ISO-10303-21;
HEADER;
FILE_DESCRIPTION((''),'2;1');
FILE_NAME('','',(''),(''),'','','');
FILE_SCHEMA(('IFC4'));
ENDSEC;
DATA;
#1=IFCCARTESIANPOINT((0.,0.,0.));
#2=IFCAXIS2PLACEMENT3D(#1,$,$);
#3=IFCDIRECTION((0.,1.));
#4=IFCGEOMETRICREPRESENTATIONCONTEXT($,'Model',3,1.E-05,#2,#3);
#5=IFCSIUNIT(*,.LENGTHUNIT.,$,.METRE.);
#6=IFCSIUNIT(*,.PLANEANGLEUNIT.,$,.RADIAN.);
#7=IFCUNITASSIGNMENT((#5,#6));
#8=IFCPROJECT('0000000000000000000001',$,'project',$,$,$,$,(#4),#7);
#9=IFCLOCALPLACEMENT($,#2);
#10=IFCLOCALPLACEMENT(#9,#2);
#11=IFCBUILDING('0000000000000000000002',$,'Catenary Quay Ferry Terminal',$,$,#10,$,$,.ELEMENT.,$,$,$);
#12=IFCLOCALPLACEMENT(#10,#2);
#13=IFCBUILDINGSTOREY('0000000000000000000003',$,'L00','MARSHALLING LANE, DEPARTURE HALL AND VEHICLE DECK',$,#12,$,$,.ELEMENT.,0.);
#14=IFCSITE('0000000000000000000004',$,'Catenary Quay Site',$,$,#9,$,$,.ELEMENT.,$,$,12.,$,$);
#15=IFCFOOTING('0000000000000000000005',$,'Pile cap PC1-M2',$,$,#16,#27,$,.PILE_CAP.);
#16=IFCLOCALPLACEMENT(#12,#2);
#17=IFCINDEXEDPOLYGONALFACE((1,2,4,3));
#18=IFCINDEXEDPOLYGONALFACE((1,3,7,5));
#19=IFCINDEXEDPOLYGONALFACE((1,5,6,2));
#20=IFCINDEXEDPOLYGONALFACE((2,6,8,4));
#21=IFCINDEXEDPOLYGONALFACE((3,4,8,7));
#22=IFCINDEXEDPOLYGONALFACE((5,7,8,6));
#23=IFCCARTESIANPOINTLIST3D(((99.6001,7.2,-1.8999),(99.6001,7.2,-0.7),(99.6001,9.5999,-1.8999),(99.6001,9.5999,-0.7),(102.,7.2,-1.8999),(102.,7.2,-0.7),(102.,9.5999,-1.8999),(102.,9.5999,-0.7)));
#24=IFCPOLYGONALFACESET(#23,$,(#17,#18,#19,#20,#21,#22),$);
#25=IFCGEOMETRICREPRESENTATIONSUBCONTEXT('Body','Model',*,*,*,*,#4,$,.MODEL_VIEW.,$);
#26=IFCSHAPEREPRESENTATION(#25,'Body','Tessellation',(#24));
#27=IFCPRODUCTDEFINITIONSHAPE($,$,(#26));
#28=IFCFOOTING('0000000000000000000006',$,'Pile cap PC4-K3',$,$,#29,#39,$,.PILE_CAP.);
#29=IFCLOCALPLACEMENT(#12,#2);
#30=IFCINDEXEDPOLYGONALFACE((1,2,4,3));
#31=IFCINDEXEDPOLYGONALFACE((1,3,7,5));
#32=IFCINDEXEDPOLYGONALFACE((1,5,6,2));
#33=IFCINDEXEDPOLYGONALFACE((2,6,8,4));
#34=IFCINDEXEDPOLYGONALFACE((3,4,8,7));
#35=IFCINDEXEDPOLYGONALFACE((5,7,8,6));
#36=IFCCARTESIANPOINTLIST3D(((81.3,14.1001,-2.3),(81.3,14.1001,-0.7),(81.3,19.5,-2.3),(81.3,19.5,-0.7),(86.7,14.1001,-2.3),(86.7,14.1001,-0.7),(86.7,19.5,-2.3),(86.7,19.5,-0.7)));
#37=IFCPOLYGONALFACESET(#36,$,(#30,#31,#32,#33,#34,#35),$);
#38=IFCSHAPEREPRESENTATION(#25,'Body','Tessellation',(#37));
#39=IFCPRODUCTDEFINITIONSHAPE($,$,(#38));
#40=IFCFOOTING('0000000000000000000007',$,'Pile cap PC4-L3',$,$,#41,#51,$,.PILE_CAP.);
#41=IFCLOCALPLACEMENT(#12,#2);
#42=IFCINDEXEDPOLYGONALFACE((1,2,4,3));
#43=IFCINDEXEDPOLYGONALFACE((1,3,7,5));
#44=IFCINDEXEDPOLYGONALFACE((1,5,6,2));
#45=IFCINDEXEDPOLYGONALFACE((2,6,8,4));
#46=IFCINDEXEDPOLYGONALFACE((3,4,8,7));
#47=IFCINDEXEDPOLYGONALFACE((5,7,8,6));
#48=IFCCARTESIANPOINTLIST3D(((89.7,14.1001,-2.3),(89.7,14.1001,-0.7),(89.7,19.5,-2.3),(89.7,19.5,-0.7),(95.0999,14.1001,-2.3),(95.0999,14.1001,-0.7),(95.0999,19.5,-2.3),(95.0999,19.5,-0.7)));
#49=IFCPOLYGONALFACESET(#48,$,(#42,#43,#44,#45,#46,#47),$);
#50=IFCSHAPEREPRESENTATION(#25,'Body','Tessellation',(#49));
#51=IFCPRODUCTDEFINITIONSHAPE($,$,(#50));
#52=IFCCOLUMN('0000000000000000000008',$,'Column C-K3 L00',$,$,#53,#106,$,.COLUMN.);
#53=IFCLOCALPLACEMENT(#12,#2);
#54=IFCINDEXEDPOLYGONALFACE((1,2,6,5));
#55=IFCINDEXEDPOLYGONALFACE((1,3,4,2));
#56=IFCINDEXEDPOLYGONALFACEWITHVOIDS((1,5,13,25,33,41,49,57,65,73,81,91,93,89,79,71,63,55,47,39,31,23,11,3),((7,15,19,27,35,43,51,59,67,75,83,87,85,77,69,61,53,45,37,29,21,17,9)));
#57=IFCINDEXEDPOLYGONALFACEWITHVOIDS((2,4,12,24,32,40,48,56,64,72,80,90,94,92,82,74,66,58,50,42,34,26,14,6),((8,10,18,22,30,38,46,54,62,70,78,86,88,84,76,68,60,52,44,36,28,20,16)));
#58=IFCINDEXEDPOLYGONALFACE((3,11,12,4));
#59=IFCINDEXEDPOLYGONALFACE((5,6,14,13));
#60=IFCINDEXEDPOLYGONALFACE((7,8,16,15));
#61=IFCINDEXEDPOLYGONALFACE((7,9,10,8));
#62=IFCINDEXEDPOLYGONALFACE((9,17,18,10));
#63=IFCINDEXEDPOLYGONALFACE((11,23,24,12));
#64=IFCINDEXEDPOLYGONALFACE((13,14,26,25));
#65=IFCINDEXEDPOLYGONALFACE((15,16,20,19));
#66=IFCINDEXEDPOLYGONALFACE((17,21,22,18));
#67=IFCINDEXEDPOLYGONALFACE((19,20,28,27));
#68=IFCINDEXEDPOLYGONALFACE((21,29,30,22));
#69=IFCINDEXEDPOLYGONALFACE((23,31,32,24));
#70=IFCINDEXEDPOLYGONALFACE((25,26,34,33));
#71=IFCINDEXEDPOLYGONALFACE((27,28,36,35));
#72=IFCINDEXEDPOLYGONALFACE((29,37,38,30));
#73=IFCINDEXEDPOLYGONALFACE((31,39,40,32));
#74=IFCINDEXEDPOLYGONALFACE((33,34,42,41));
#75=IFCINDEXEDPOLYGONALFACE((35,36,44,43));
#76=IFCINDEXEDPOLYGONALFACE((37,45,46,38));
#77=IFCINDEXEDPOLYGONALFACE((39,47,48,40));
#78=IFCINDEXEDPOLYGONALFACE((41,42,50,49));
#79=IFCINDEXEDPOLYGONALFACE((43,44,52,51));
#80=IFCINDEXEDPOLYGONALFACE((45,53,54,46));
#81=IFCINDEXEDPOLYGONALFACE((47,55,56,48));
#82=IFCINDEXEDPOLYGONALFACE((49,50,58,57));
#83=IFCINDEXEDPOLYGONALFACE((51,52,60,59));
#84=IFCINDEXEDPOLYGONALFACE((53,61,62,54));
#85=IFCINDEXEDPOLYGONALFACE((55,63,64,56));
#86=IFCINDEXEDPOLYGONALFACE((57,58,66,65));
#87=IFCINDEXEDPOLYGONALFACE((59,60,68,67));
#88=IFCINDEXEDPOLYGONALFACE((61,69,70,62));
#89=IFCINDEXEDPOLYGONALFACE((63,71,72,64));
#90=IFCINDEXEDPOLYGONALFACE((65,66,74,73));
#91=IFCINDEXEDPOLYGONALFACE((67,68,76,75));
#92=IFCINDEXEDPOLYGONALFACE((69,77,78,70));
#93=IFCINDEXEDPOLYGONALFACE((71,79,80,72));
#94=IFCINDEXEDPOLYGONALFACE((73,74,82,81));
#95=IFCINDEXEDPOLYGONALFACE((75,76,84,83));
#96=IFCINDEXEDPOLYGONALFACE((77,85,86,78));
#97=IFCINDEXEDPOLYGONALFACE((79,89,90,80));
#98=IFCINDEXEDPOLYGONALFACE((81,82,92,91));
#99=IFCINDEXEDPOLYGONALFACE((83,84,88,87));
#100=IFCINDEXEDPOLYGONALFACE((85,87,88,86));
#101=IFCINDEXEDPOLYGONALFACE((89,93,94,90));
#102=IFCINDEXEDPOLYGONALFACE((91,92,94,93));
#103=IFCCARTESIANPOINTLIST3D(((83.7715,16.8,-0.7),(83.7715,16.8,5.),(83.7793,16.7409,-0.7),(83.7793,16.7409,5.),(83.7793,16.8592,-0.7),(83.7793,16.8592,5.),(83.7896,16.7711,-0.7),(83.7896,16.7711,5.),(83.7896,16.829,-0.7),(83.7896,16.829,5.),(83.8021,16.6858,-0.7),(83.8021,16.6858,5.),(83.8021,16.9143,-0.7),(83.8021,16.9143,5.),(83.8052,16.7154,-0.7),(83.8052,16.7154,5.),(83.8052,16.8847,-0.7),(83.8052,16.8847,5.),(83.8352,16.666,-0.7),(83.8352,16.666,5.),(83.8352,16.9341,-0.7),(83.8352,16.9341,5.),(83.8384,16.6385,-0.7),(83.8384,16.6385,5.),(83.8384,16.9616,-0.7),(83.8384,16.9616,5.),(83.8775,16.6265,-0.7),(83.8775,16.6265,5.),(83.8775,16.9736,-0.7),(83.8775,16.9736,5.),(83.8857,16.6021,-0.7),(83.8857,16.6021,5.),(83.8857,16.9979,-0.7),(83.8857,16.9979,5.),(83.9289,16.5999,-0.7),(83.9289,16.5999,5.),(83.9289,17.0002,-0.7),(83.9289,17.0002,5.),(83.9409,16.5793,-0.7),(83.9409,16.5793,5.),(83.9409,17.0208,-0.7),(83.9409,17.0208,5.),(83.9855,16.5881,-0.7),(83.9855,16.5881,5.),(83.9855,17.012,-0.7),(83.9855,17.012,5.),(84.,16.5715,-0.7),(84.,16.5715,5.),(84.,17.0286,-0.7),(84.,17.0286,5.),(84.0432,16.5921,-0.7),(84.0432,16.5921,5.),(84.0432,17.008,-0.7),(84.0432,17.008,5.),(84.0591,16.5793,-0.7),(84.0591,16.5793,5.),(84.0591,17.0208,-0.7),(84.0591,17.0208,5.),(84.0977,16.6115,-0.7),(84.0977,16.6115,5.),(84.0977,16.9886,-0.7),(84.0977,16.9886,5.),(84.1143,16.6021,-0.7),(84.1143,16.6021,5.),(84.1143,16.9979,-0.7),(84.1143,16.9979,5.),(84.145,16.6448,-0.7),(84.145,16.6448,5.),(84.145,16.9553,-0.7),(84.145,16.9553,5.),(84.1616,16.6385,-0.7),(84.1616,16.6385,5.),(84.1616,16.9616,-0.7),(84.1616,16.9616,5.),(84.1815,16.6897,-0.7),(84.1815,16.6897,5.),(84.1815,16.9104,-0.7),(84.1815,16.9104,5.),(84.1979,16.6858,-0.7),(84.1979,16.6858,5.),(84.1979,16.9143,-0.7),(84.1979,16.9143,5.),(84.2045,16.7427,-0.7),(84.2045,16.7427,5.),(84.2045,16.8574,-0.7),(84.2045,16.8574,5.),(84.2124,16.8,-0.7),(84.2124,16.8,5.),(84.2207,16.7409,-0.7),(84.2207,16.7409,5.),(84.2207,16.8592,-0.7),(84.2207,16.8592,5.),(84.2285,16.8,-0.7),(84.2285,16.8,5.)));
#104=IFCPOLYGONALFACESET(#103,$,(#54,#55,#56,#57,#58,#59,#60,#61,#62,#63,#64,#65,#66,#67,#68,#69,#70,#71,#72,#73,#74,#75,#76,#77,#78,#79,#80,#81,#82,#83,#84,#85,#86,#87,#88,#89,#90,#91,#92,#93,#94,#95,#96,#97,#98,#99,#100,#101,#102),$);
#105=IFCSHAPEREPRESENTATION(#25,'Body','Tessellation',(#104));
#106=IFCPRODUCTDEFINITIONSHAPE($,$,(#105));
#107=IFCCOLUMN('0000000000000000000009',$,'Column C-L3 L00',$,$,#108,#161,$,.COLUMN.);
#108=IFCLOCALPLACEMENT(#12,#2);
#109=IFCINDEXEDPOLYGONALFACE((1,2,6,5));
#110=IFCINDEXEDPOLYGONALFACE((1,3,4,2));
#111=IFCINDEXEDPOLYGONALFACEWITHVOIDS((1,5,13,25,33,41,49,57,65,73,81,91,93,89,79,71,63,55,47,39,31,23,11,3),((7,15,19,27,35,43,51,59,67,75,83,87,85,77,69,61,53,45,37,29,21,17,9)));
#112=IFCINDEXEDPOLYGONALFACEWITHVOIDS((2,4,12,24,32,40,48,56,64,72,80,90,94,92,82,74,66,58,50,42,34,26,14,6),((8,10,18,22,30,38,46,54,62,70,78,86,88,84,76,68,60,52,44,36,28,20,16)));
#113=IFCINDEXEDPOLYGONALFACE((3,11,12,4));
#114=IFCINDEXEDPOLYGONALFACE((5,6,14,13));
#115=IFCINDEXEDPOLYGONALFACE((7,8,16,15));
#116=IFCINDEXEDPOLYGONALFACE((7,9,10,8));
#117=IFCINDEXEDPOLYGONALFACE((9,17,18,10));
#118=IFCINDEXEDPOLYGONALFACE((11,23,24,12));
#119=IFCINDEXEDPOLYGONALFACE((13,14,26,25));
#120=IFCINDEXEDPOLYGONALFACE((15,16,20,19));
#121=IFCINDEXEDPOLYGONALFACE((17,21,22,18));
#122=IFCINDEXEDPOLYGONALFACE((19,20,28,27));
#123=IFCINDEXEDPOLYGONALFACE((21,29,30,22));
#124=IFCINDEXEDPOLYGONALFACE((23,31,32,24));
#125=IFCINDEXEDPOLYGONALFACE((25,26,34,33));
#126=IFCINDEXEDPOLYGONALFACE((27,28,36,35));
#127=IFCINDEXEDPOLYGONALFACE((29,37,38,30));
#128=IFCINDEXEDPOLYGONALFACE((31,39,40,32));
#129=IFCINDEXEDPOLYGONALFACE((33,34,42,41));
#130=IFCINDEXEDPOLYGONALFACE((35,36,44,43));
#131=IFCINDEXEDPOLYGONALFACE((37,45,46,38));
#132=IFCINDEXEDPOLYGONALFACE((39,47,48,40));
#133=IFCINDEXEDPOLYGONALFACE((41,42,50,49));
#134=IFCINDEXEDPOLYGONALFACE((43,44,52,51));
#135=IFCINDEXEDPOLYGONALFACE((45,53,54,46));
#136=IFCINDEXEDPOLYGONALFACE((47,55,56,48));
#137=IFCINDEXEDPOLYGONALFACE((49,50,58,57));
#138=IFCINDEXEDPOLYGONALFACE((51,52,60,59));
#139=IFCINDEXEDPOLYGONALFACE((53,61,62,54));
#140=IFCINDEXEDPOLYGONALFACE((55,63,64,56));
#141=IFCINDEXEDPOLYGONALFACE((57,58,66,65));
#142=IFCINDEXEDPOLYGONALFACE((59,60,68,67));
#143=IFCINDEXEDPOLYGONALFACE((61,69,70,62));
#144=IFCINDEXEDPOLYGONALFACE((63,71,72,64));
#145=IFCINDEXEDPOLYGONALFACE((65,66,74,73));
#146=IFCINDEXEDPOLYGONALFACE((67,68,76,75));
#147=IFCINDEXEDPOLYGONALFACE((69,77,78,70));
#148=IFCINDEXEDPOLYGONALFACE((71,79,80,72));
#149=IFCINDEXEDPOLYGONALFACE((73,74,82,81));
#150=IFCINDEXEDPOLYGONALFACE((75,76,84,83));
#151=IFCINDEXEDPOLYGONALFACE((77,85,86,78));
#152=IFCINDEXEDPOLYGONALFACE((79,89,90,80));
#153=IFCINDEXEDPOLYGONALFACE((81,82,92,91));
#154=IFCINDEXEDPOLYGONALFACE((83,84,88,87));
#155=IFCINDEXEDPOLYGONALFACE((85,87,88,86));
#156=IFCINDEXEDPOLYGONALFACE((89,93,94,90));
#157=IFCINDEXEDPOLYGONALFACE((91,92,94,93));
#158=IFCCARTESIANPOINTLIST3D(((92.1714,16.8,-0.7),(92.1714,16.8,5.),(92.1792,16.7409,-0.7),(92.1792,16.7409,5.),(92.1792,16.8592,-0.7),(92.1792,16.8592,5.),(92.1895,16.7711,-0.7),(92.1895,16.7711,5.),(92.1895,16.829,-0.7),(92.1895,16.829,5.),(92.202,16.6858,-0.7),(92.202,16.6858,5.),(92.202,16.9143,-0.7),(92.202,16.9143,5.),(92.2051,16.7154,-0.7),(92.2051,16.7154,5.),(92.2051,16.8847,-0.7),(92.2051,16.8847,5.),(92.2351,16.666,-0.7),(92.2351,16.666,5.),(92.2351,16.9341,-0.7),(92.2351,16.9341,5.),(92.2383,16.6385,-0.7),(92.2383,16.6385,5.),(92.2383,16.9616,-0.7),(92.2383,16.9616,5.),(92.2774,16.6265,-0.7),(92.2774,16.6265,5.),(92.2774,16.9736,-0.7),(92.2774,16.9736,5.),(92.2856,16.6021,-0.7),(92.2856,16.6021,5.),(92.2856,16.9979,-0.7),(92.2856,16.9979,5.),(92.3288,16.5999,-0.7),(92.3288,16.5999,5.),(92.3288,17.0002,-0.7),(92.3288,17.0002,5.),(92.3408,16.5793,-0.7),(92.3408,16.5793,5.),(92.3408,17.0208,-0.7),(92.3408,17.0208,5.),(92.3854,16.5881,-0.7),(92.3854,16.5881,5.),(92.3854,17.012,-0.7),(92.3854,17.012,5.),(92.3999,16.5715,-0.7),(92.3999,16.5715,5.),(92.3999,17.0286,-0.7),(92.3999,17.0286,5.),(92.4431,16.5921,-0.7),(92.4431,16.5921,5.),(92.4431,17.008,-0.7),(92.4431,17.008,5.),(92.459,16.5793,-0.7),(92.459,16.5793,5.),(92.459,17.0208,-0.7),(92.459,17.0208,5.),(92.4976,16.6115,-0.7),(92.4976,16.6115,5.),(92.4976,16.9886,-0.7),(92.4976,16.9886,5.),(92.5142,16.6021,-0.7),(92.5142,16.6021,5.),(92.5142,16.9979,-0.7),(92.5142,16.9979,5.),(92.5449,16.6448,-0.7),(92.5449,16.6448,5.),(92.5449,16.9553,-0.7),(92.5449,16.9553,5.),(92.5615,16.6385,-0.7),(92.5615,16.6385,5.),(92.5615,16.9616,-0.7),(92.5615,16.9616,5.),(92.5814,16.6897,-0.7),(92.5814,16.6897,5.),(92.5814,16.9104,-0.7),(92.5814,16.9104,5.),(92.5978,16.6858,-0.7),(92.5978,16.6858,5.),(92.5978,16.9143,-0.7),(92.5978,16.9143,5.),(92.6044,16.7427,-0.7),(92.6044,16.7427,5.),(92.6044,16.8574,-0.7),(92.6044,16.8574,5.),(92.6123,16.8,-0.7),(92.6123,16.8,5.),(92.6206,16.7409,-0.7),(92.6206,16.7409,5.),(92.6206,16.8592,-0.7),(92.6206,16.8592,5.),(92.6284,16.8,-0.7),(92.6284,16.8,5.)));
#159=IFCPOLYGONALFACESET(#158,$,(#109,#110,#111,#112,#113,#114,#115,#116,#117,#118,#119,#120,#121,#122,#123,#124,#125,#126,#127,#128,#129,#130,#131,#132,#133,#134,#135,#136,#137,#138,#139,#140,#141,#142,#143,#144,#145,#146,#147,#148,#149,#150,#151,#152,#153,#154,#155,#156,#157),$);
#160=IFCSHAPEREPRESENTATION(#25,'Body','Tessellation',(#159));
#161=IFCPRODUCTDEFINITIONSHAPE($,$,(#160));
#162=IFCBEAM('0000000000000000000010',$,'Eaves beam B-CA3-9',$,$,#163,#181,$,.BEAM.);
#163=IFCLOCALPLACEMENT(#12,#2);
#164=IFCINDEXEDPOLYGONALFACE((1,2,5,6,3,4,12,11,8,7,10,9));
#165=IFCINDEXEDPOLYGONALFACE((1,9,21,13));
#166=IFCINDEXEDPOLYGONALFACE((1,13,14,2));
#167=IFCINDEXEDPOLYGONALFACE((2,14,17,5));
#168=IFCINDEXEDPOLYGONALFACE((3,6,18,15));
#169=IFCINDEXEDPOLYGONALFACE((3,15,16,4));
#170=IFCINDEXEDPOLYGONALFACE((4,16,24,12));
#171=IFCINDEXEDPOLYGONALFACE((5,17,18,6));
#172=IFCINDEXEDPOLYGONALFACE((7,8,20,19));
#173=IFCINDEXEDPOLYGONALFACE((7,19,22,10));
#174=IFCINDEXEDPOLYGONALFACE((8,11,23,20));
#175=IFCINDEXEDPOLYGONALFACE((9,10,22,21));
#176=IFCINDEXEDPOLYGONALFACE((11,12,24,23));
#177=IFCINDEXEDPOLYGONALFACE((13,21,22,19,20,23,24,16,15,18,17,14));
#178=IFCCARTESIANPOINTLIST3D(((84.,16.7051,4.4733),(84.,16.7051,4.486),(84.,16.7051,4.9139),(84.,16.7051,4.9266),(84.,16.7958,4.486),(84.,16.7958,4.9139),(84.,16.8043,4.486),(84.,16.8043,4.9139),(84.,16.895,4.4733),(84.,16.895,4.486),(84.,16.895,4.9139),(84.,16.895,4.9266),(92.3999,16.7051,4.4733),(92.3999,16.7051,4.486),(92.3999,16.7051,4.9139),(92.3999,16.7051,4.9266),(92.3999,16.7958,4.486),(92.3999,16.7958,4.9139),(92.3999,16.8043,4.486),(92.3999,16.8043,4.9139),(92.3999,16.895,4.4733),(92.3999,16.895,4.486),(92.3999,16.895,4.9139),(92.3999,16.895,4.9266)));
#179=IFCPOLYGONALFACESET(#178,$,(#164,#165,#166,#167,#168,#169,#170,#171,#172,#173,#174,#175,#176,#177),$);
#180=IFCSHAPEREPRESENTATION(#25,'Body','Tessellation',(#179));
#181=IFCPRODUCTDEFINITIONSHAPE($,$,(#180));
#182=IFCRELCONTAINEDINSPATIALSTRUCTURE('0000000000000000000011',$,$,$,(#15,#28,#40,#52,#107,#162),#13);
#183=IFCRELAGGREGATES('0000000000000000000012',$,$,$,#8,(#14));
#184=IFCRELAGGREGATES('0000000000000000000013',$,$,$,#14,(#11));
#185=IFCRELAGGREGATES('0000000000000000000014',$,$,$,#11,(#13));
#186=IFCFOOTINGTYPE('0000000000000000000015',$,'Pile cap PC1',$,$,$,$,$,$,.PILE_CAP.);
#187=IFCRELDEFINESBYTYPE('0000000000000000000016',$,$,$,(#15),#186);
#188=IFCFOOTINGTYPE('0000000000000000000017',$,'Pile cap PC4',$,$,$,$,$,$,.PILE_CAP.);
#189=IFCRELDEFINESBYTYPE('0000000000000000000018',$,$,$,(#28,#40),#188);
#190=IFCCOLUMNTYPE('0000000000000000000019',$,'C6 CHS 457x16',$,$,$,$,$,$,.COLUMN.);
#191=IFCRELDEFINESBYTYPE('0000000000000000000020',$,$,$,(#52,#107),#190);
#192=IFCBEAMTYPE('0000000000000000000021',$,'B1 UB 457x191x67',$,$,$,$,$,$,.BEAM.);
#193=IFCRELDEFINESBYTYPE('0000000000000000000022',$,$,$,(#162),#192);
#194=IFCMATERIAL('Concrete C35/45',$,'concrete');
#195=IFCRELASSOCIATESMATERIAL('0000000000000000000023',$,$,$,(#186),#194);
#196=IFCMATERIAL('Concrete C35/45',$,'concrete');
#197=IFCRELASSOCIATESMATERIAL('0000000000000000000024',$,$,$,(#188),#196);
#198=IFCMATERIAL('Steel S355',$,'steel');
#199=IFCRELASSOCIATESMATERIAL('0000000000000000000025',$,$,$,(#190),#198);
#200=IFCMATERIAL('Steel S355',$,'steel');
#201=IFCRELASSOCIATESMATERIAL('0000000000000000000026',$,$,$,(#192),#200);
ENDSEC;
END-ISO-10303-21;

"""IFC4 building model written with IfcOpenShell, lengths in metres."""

from ifc_helpers import new_model, si_unit, direction, frame, origin, origin_2d, place, context, subcontext, project, spatial, rectangle, hollow_circle, i_section, extrude, material, material_profile, profile_set, type_object, element, save


model = new_model("IFC4")

# Units and contexts
model_context = context("Model", 3, precision=1e-05, world=origin(), true_north=direction((0.0, 1.0)))
body_context = subcontext(model_context, "Body", "Model", "MODEL_VIEW")
ifc_project = project(units=[si_unit("LENGTHUNIT", "METRE"), si_unit("PLANEANGLEUNIT", "RADIAN")], contexts=[model_context])

# Site, building, storey
site_placement = place(None, origin())
site = spatial("IfcSite", under=ifc_project, at=site_placement, Name="Catenary Quay Site", CompositionType="ELEMENT", RefElevation=12.0)
building_placement = place(site_placement, origin())
building = spatial("IfcBuilding", under=site, at=building_placement, Name="Catenary Quay Ferry Terminal", CompositionType="ELEMENT")
storey_placement = place(building_placement, origin())
storey = spatial("IfcBuildingStorey", under=building, at=storey_placement, Name="L00", Description="MARSHALLING LANE, DEPARTURE HALL AND VEHICLE DECK", CompositionType="ELEMENT", Elevation=0.0)

# Footings
ifc_material_1 = material(Name="Concrete C35/45", Category="concrete")
footing_type_1 = type_object("IfcFootingType", Name="Pile cap PC1", PredefinedType="PILE_CAP", material=ifc_material_1)
for number, where, z_axis, x_axis, name in (
    (1, (100.8, 8.3999, -1.8999), (0.0, 0.0, 1.0), (1.0, 0.0, 0.0), "Pile cap PC1-M2"),
):
    element("IfcFooting", number, at=place(storey_placement, frame(where, z_axis=z_axis, x_axis=x_axis)), inside=storey, type_object=footing_type_1, Name=name, PredefinedType="PILE_CAP", context=body_context, shape_type="SweptSolid", body=[
        extrude(rectangle(XDim=2.3999, YDim=2.3999, at=origin_2d()), origin(), (0.0, 0.0, 1.0), 1.2),
    ])
ifc_material_2 = material(Name="Concrete C35/45", Category="concrete")
footing_type_2 = type_object("IfcFootingType", Name="Pile cap PC4", PredefinedType="PILE_CAP", material=ifc_material_2)
for number, where, z_axis, x_axis, name in (
    (2, (84.0, 16.8, -2.3), (0.0, 0.0, 1.0), (1.0, 0.0, 0.0), "Pile cap PC4-K3"),
    (3, (92.3999, 16.8, -2.3), (0.0, 0.0, 1.0), (1.0, 0.0, 0.0), "Pile cap PC4-L3"),
):
    element("IfcFooting", number, at=place(storey_placement, frame(where, z_axis=z_axis, x_axis=x_axis)), inside=storey, type_object=footing_type_2, Name=name, PredefinedType="PILE_CAP", context=body_context, shape_type="SweptSolid", body=[
        extrude(rectangle(XDim=5.3999, YDim=5.3999, at=origin_2d()), origin(), (0.0, 0.0, 1.0), 1.6001),
    ])

# Columns
ifc_material_3 = material(Name="Steel S355", Category="steel")
ifc_material_profile_1 = material_profile(ifc_material_3, hollow_circle(Radius=0.2285, WallThickness=0.0161, at=origin_2d()), Name="CHS 457x16")
ifc_profile_set_1 = profile_set([ifc_material_profile_1], Name="Steel S355")
column_type = type_object("IfcColumnType", Name="C6 CHS 457x16", PredefinedType="COLUMN", material=ifc_profile_set_1)
for number, where, z_axis, x_axis, name in (
    (4, (84.0, 16.8, -0.7), (0.0, 0.0, 1.0), (1.0, 0.0, 0.0), "Column C-K3 L00"),
    (5, (92.3999, 16.8, -0.7), (0.0, 0.0, 1.0), (1.0, 0.0, 0.0), "Column C-L3 L00"),
):
    element("IfcColumn", number, at=place(storey_placement, frame(where, z_axis=z_axis, x_axis=x_axis)), inside=storey, type_object=column_type, Name=name, PredefinedType="COLUMN", context=body_context, shape_type="SweptSolid", body=[
        extrude(hollow_circle(Radius=0.2285, WallThickness=0.0161, at=origin_2d()), origin(), (0.0, 0.0, 1.0), 5.7),
    ])

# Beam
ifc_material_4 = material(Name="Steel S355", Category="steel")
ifc_material_profile_2 = material_profile(ifc_material_4, i_section(OverallWidth=0.1899, OverallDepth=0.4534, WebThickness=0.0085, FlangeThickness=0.0127, at=origin_2d()), Name="UB 457x191x67")
ifc_profile_set_2 = profile_set([ifc_material_profile_2], Name="Steel S355")
beam_type_1 = type_object("IfcBeamType", Name="B1 UB 457x191x67", PredefinedType="BEAM", material=ifc_profile_set_2)
beam_1_placement = place(storey_placement, frame((84.0, 16.8, 4.7), z_axis=(1.0, 0.0, 0.0), x_axis=(0.0, 1.0, 0.0)))
element("IfcBeam", 6, at=beam_1_placement, inside=storey, type_object=beam_type_1, Name="Eaves beam B-CA3-9", PredefinedType="BEAM", context=body_context, shape_type="SweptSolid", body=[
    extrude(i_section(OverallWidth=0.1899, OverallDepth=0.4534, WebThickness=0.0085, FlangeThickness=0.0127, at=origin_2d()), origin(), (0.0, 0.0, 1.0), 8.3999),
])

save(model, "model.ifc")
